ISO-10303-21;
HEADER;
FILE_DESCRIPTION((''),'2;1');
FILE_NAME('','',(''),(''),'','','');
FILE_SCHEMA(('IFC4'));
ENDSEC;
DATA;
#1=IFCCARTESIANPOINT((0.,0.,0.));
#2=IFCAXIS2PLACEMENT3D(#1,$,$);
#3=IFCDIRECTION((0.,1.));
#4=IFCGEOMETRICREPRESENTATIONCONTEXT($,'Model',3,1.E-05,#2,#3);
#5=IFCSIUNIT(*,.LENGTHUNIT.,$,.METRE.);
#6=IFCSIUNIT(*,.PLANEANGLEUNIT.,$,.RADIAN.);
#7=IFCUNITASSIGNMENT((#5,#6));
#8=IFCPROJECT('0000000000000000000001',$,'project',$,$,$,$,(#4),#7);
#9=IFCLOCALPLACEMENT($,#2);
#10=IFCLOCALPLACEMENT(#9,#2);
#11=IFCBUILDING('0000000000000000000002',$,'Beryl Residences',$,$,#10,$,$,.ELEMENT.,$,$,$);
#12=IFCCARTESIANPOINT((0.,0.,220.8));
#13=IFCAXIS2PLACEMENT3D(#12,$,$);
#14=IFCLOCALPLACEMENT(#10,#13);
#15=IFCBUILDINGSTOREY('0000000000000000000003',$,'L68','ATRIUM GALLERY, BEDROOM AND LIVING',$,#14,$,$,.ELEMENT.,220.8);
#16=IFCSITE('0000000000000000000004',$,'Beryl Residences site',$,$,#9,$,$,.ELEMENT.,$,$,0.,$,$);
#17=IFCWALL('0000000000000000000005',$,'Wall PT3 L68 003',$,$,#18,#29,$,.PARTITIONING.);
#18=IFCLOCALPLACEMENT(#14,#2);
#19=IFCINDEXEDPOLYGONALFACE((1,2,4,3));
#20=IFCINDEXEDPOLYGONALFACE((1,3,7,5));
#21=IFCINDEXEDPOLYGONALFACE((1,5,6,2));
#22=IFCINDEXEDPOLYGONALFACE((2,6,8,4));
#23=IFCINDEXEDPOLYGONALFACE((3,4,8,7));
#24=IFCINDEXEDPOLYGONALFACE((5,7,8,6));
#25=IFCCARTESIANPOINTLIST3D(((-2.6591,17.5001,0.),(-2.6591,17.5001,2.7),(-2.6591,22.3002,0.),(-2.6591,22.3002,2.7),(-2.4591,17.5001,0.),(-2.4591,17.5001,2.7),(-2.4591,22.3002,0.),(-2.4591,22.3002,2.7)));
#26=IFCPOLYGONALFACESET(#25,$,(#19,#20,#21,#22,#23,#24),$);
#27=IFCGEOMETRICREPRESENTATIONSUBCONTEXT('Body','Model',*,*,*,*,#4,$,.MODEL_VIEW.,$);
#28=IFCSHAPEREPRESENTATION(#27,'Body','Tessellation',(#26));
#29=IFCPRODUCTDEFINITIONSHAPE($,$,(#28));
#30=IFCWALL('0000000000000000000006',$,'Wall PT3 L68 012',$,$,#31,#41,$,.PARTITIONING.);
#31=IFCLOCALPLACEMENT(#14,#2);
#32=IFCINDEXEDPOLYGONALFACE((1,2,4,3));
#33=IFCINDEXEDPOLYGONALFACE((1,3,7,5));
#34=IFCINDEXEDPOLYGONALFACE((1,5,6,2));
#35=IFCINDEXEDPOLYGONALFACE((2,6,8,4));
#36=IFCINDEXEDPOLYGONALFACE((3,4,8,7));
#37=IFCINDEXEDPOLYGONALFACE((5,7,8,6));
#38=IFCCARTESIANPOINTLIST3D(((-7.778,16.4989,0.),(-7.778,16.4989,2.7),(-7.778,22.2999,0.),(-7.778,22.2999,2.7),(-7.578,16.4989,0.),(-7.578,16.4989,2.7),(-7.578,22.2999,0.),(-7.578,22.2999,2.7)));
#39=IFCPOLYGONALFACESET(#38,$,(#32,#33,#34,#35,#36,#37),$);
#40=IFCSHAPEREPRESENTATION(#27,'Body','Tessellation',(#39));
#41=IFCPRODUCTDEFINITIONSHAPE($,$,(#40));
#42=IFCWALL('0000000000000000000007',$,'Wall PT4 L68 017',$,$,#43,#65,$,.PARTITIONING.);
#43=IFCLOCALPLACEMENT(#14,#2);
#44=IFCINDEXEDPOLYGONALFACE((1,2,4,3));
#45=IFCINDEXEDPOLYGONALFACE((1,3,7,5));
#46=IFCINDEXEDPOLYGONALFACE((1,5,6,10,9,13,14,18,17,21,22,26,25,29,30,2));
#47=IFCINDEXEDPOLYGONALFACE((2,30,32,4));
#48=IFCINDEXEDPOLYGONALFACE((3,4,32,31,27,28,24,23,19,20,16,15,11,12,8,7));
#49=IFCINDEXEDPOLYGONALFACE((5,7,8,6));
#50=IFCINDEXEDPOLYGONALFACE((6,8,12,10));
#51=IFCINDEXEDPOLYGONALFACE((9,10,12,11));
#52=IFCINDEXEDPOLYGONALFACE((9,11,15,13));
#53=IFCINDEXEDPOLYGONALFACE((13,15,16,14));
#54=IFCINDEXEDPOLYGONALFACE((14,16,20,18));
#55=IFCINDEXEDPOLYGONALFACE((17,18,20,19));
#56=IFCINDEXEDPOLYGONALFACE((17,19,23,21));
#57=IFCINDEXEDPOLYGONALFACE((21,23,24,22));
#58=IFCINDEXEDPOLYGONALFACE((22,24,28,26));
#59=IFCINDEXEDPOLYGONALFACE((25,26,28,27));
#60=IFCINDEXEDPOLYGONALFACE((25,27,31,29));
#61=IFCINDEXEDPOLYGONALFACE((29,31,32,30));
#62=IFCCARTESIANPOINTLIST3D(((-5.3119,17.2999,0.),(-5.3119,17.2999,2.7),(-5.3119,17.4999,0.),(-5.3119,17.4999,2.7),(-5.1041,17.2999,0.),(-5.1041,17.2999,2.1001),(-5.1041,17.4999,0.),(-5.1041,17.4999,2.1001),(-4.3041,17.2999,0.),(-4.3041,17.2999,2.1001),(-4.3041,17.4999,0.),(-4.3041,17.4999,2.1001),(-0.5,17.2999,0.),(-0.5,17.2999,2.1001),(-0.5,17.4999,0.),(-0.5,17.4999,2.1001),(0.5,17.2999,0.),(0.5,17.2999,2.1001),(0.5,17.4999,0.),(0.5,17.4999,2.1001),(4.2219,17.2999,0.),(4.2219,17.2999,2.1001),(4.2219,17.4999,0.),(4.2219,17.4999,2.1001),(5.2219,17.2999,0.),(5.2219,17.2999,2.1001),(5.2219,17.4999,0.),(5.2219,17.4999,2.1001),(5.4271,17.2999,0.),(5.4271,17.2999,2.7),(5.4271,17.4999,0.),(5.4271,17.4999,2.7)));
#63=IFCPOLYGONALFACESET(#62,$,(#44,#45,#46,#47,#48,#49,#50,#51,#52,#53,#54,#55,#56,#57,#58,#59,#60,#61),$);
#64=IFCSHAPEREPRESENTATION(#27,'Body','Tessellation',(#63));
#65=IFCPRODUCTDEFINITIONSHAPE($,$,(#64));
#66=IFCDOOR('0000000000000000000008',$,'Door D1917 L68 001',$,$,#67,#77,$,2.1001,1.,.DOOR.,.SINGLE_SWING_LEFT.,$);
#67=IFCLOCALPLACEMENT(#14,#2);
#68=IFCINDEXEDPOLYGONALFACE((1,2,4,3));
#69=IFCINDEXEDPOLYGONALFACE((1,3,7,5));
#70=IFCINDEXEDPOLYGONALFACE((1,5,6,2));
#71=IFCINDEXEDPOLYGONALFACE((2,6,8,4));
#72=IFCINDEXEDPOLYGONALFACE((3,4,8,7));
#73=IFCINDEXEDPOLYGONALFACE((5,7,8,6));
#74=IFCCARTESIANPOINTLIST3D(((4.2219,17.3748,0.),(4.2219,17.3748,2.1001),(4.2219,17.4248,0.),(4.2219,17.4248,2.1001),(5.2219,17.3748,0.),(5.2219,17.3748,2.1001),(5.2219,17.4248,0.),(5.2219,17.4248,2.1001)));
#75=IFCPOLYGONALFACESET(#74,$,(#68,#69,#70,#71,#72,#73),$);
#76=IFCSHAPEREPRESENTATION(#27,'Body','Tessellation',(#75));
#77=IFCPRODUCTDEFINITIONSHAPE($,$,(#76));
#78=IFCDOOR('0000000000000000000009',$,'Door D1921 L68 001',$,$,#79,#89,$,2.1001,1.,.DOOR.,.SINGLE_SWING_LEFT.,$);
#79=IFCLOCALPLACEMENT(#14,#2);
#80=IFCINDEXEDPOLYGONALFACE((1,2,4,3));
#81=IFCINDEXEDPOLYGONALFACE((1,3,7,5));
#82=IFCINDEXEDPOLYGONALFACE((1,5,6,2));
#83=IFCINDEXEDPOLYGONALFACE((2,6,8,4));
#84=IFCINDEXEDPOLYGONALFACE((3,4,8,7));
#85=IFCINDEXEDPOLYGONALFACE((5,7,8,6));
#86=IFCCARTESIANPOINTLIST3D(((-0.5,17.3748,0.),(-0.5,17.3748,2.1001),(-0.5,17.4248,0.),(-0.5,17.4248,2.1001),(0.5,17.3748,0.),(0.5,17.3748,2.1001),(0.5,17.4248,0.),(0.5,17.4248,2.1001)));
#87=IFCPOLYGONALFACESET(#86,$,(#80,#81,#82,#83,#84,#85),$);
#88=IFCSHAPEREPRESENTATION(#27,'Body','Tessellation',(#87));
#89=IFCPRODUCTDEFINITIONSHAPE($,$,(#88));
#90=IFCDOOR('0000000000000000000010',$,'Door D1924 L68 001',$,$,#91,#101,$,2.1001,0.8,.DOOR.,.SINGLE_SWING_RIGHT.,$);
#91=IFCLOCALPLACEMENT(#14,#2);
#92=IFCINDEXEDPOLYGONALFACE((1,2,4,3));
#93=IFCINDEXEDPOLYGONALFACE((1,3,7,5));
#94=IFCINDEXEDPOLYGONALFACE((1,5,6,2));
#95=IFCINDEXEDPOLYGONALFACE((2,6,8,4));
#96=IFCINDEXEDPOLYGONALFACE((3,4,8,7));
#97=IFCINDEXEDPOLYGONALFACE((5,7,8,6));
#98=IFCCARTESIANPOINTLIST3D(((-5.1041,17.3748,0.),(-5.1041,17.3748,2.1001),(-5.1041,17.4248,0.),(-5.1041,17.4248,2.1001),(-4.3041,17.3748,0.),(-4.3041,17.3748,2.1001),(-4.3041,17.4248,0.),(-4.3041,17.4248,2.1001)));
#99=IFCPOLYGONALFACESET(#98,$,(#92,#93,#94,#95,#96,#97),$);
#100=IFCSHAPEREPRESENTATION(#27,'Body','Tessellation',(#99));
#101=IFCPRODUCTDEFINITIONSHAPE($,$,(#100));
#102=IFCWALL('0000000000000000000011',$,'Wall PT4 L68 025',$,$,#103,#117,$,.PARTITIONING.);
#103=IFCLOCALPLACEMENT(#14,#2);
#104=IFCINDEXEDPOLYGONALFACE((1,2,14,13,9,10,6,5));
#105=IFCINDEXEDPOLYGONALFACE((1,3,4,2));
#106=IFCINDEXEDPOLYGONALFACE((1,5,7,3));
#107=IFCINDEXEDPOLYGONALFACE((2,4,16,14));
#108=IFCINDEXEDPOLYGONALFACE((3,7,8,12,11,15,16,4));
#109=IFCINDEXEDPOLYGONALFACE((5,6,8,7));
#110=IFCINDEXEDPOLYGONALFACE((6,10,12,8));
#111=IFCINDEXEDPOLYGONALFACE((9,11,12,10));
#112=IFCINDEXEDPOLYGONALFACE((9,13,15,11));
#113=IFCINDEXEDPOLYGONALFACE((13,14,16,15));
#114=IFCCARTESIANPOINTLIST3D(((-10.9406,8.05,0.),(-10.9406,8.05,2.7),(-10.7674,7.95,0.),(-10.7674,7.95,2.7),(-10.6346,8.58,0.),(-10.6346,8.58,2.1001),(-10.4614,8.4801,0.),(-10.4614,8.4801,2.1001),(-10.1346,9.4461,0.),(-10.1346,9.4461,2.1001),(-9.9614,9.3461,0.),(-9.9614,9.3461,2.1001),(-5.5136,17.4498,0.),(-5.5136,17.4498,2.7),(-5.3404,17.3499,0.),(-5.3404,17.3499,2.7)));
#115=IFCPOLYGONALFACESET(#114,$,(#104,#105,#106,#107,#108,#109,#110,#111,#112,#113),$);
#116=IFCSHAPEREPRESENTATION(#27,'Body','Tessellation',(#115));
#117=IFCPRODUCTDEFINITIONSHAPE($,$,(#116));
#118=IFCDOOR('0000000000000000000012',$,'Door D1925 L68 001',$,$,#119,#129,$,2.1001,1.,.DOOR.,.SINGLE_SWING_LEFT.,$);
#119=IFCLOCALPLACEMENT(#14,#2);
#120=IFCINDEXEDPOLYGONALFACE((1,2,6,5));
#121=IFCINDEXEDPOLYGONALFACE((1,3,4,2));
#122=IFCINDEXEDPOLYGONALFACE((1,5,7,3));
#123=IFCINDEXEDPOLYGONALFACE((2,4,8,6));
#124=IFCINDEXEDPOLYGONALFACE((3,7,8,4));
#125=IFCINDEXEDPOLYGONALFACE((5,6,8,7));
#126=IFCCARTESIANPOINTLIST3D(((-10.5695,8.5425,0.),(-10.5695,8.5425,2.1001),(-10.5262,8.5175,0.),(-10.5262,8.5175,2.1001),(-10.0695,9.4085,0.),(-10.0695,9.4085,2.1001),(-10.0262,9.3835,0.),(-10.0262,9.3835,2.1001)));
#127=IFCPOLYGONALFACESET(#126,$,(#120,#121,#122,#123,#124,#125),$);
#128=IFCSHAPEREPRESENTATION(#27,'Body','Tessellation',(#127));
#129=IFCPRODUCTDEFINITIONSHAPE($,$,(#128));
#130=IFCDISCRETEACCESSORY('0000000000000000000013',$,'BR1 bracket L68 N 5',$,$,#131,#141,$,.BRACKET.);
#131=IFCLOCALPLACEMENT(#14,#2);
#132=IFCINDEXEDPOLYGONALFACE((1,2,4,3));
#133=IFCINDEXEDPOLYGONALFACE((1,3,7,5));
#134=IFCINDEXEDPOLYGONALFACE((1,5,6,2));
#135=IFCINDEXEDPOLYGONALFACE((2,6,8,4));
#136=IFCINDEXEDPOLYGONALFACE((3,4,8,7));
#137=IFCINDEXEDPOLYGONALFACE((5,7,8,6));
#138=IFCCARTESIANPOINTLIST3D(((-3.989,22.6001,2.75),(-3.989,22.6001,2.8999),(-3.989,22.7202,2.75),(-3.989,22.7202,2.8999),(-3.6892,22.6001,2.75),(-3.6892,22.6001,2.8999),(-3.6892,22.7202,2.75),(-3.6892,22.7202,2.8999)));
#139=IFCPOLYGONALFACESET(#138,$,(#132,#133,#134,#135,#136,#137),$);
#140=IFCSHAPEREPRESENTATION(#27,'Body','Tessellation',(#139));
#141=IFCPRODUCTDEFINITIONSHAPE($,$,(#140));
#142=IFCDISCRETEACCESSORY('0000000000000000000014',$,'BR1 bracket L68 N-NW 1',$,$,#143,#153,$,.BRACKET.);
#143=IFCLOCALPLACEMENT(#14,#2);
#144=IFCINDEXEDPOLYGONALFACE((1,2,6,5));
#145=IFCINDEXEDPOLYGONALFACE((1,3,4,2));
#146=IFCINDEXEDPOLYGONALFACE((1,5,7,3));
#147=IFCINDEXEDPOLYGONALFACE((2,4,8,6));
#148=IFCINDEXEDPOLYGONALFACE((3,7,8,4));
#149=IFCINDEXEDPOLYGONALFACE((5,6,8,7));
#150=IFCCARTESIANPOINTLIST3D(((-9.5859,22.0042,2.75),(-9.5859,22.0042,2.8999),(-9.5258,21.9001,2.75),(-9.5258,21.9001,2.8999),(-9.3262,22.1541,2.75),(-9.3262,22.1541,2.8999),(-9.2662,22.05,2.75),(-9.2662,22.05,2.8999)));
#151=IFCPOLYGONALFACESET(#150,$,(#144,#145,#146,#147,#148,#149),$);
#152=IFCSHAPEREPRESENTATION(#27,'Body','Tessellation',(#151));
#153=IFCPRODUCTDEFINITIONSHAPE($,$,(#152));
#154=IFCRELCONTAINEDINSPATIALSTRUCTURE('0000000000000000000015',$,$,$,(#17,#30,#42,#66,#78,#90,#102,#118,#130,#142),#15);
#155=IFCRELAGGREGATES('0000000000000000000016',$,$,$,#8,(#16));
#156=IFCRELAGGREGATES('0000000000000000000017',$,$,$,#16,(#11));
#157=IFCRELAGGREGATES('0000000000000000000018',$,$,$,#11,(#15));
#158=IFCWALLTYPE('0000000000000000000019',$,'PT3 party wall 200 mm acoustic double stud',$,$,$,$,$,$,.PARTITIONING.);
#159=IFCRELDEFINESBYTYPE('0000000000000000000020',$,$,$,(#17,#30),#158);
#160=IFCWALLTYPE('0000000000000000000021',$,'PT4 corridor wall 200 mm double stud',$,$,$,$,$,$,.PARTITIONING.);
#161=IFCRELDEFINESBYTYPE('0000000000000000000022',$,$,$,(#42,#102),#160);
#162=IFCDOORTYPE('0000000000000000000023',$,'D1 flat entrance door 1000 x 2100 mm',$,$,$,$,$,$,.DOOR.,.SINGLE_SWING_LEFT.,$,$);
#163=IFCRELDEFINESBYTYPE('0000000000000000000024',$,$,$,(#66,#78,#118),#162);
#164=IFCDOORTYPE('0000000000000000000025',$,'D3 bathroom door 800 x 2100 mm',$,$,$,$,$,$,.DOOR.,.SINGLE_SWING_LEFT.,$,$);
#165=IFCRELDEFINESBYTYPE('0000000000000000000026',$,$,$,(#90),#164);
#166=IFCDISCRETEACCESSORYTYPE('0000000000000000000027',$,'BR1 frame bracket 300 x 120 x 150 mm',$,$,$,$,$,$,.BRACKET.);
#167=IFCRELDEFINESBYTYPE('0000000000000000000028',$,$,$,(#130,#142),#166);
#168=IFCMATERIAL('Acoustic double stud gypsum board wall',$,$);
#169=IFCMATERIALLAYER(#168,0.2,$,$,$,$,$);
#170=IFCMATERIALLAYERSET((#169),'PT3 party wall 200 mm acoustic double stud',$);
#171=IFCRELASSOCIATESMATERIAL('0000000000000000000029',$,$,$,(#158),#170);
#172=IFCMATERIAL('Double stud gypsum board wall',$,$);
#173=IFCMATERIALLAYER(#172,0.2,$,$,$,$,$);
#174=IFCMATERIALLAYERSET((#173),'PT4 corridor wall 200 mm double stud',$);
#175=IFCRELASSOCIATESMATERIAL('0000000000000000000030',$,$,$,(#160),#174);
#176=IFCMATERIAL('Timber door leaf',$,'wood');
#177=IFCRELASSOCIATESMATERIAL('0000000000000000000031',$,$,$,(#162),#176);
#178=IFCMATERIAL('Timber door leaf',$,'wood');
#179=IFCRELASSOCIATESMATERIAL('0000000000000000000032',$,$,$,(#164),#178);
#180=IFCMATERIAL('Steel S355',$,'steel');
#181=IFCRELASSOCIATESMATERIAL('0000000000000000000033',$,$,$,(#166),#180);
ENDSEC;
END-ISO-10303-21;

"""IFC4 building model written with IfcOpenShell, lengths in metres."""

from ifc_helpers import new_model, si_unit, direction, frame, frame_2d, origin, place, context, subcontext, project, spatial, polyline, rectangle, outline, extrude, source, transform, mapped, material, layer, layer_set, type_object, type_shapes, element, fill, save


model = new_model("IFC4")

# Units and contexts
model_context = context("Model", 3, precision=1e-05, world=origin(), true_north=direction((0.0, 1.0)))
body_context = subcontext(model_context, "Body", "Model", "MODEL_VIEW")
ifc_project = project(units=[si_unit("LENGTHUNIT", "METRE"), si_unit("PLANEANGLEUNIT", "RADIAN")], contexts=[model_context])

# Site, building, storey
site_placement = place(None, origin())
site = spatial("IfcSite", under=ifc_project, at=site_placement, Name="Beryl Residences site", CompositionType="ELEMENT", RefElevation=0.0)
building_placement = place(site_placement, origin())
building = spatial("IfcBuilding", under=site, at=building_placement, Name="Beryl Residences", CompositionType="ELEMENT")
storey_placement = place(building_placement, frame((0.0, 0.0, 220.8)))
storey = spatial("IfcBuildingStorey", under=building, at=storey_placement, Name="L68", Description="ATRIUM GALLERY, BEDROOM AND LIVING", CompositionType="ELEMENT", Elevation=220.8)

# Walls
ifc_material_1 = material(Name="Acoustic double stud gypsum board wall")
ifc_layer_1 = layer(ifc_material_1, 0.2)
ifc_layer_set_1 = layer_set([ifc_layer_1], Name="PT3 party wall 200 mm acoustic double stud")
wall_type_1 = type_object("IfcWallType", Name="PT3 party wall 200 mm acoustic double stud", PredefinedType="PARTITIONING", material=ifc_layer_set_1)
wall_1_placement = place(storey_placement, frame((-2.5591, 22.3, 0.0), z_axis=(0.0, 0.0, 1.0), x_axis=(0.0, -1.0, 0.0)))
element("IfcWall", 1, at=wall_1_placement, inside=storey, type_object=wall_type_1, Name="Wall PT3 L68 003", PredefinedType="PARTITIONING", context=body_context, shape_type="SweptSolid", body=[
    extrude(rectangle(XDim=4.8, YDim=0.2, at=frame_2d((2.3999, 0.0))), origin(), (0.0, 0.0, 1.0), 2.7),
])
wall_2_placement = place(storey_placement, frame((-7.678, 16.499, 0.0), z_axis=(0.0, 0.0, 1.0), x_axis=(0.0, 1.0, 0.0)))
element("IfcWall", 2, at=wall_2_placement, inside=storey, type_object=wall_type_1, Name="Wall PT3 L68 012", PredefinedType="PARTITIONING", context=body_context, shape_type="SweptSolid", body=[
    extrude(rectangle(XDim=5.801, YDim=0.2, at=frame_2d((2.9004, 0.0))), origin(), (0.0, 0.0, 1.0), 2.7),
])

# Wall, openings, doors
ifc_material_2 = material(Name="Double stud gypsum board wall")
ifc_layer_2 = layer(ifc_material_2, 0.2)
ifc_layer_set_2 = layer_set([ifc_layer_2], Name="PT4 corridor wall 200 mm double stud")
wall_type_2 = type_object("IfcWallType", Name="PT4 corridor wall 200 mm double stud", PredefinedType="PARTITIONING", material=ifc_layer_set_2)
wall_3_placement = place(storey_placement, frame((-5.312, 17.3999, 0.0), z_axis=(0.0, 0.0, 1.0), x_axis=(1.0, 0.0, 0.0)))
wall_3 = element("IfcWall", 3, at=wall_3_placement, inside=storey, type_object=wall_type_2, Name="Wall PT4 L68 017", PredefinedType="PARTITIONING", context=body_context, shape_type="SweptSolid", body=[
    extrude(rectangle(XDim=10.739, YDim=0.2, at=frame_2d((5.3696, 0.0))), origin(), (0.0, 0.0, 1.0), 2.7),
])
opening_1_placement = place(wall_3_placement, frame((9.5339, 0.0, 0.0)))
opening_1 = element("IfcOpeningElement", 4, at=opening_1_placement, cuts=wall_3, PredefinedType="OPENING", context=body_context, shape_type="SweptSolid", body=[
    extrude(rectangle(XDim=1.0, YDim=2.1001, at=frame_2d((0.5, 1.05))), frame((0.0, 0.1099, 0.0), z_axis=(0.0, -1.0, 0.0), x_axis=(1.0, 0.0, 0.0)), (0.0, 0.0, 1.0), 0.22),
])
opening_2_placement = place(wall_3_placement, frame((4.812, 0.0, 0.0)))
opening_2 = element("IfcOpeningElement", 5, at=opening_2_placement, cuts=wall_3, PredefinedType="OPENING", context=body_context, shape_type="SweptSolid", body=[
    extrude(rectangle(XDim=1.0, YDim=2.1001, at=frame_2d((0.5, 1.05))), frame((0.0, 0.1099, 0.0), z_axis=(0.0, -1.0, 0.0), x_axis=(1.0, 0.0, 0.0)), (0.0, 0.0, 1.0), 0.22),
])
opening_3_placement = place(wall_3_placement, frame((0.208, 0.0, 0.0)))
opening_3 = element("IfcOpeningElement", 6, at=opening_3_placement, cuts=wall_3, PredefinedType="OPENING", context=body_context, shape_type="SweptSolid", body=[
    extrude(rectangle(XDim=0.8, YDim=2.1001, at=frame_2d((0.3999, 1.05))), frame((0.0, 0.1099, 0.0), z_axis=(0.0, -1.0, 0.0), x_axis=(1.0, 0.0, 0.0)), (0.0, 0.0, 1.0), 0.22),
])
ifc_material_3 = material(Name="Timber door leaf", Category="wood")
door_type_1 = type_object("IfcDoorType", Name="D1 flat entrance door 1000 x 2100 mm", OperationType="SINGLE_SWING_LEFT", PredefinedType="DOOR", material=ifc_material_3)
door_1_placement = place(opening_1_placement, origin())
door_1 = element("IfcDoor", 7, at=door_1_placement, inside=storey, type_object=door_type_1, Name="Door D1917 L68 001", OperationType="SINGLE_SWING_LEFT", OverallHeight=2.1001, OverallWidth=1.0, PredefinedType="DOOR", context=body_context, shape_type="SweptSolid", body=[
    extrude(rectangle(XDim=1.0, YDim=2.1001, at=frame_2d((0.5, 1.05))), frame((0.0, 0.0249, 0.0), z_axis=(0.0, -1.0, 0.0), x_axis=(1.0, 0.0, 0.0)), (0.0, 0.0, 1.0), 0.05),
])
fill(opening_1, door_1)
door_2_placement = place(opening_2_placement, origin())
door_2 = element("IfcDoor", 8, at=door_2_placement, inside=storey, type_object=door_type_1, Name="Door D1921 L68 001", OperationType="SINGLE_SWING_LEFT", OverallHeight=2.1001, OverallWidth=1.0, PredefinedType="DOOR", context=body_context, shape_type="SweptSolid", body=[
    extrude(rectangle(XDim=1.0, YDim=2.1001, at=frame_2d((0.5, 1.05))), frame((0.0, 0.0249, 0.0), z_axis=(0.0, -1.0, 0.0), x_axis=(1.0, 0.0, 0.0)), (0.0, 0.0, 1.0), 0.05),
])
fill(opening_2, door_2)
ifc_material_4 = material(Name="Timber door leaf", Category="wood")
door_type_2 = type_object("IfcDoorType", Name="D3 bathroom door 800 x 2100 mm", OperationType="SINGLE_SWING_LEFT", PredefinedType="DOOR", material=ifc_material_4)
door_3_placement = place(opening_3_placement, origin())
door_3 = element("IfcDoor", 9, at=door_3_placement, inside=storey, type_object=door_type_2, Name="Door D1924 L68 001", OperationType="SINGLE_SWING_RIGHT", OverallHeight=2.1001, OverallWidth=0.8, PredefinedType="DOOR", context=body_context, shape_type="SweptSolid", body=[
    extrude(rectangle(XDim=0.8, YDim=2.1001, at=frame_2d((0.3999, 1.05))), frame((0.0, 0.0249, 0.0), z_axis=(0.0, -1.0, 0.0), x_axis=(1.0, 0.0, 0.0)), (0.0, 0.0, 1.0), 0.05),
])
fill(opening_3, door_3)

# Wall, opening, door
wall_4_placement = place(storey_placement, frame((-10.854, 8.0, 0.0), z_axis=(0.0, 0.0, 1.0), x_axis=(0.499998, 0.866027, 0.0)))
wall_4 = element("IfcWall", 10, at=wall_4_placement, inside=storey, type_object=wall_type_2, Name="Wall PT4 L68 025", PredefinedType="PARTITIONING", context=body_context, shape_type="SweptSolid", body=[
    extrude(rectangle(XDim=10.854, YDim=0.2, at=frame_2d((5.427, 0.0))), origin(), (0.0, 0.0, 1.0), 2.7),
])
opening_4_placement = place(wall_4_placement, frame((0.6121, 0.0, 0.0)))
opening_4 = element("IfcOpeningElement", 11, at=opening_4_placement, cuts=wall_4, PredefinedType="OPENING", context=body_context, shape_type="SweptSolid", body=[
    extrude(rectangle(XDim=1.0, YDim=2.1001, at=frame_2d((0.5, 1.05))), frame((0.0, 0.1099, 0.0), z_axis=(0.0, -1.0, 0.0), x_axis=(1.0, 0.0, 0.0)), (0.0, 0.0, 1.0), 0.22),
])
door_4_placement = place(opening_4_placement, origin())
door_4 = element("IfcDoor", 12, at=door_4_placement, inside=storey, type_object=door_type_1, Name="Door D1925 L68 001", OperationType="SINGLE_SWING_LEFT", OverallHeight=2.1001, OverallWidth=1.0, PredefinedType="DOOR", context=body_context, shape_type="SweptSolid", body=[
    extrude(rectangle(XDim=1.0, YDim=2.1001, at=frame_2d((0.5, 1.05))), frame((0.0, 0.0249, 0.0), z_axis=(0.0, -1.0, 0.0), x_axis=(1.0, 0.0, 0.0)), (0.0, 0.0, 1.0), 0.05),
])
fill(opening_4, door_4)

# Discrete accessories
ifc_material_5 = material(Name="Steel S355", Category="steel")
discrete_accessory_type = type_object("IfcDiscreteAccessoryType", Name="BR1 frame bracket 300 x 120 x 150 mm", PredefinedType="BRACKET", material=ifc_material_5)
shared_shape_1 = source(origin(), body_context, "Body", "SweptSolid", [
    extrude(outline(polyline([(-0.1499, 0.0), (0.1499, 0.0), (0.1499, 0.1201), (-0.1499, 0.1201), (-0.1499, 0.0)])), origin(), (0.0, 0.0, 1.0), 0.1499),
])
type_shapes(discrete_accessory_type, [shared_shape_1])
for number, where, z_axis, x_axis, name in (
    (13, (-3.8391, 22.6001, 2.75), (0.0, 0.0, 1.0), (1.0, 0.0, 0.0), "BR1 bracket L68 N 5"),
    (14, (-9.396, 21.9751, 2.75), (0.0, 0.0, 1.0), (0.866025, 0.5, 0.0), "BR1 bracket L68 N-NW 1"),
):
    element("IfcDiscreteAccessory", number, at=place(storey_placement, frame(where, z_axis=z_axis, x_axis=x_axis)), inside=storey, type_object=discrete_accessory_type, Name=name, PredefinedType="BRACKET", context=body_context, shape_type="MappedRepresentation", body=[
        mapped(shared_shape_1, transform((0.0, 0.0, 0.0))),
    ])

save(model, "model.ifc")
